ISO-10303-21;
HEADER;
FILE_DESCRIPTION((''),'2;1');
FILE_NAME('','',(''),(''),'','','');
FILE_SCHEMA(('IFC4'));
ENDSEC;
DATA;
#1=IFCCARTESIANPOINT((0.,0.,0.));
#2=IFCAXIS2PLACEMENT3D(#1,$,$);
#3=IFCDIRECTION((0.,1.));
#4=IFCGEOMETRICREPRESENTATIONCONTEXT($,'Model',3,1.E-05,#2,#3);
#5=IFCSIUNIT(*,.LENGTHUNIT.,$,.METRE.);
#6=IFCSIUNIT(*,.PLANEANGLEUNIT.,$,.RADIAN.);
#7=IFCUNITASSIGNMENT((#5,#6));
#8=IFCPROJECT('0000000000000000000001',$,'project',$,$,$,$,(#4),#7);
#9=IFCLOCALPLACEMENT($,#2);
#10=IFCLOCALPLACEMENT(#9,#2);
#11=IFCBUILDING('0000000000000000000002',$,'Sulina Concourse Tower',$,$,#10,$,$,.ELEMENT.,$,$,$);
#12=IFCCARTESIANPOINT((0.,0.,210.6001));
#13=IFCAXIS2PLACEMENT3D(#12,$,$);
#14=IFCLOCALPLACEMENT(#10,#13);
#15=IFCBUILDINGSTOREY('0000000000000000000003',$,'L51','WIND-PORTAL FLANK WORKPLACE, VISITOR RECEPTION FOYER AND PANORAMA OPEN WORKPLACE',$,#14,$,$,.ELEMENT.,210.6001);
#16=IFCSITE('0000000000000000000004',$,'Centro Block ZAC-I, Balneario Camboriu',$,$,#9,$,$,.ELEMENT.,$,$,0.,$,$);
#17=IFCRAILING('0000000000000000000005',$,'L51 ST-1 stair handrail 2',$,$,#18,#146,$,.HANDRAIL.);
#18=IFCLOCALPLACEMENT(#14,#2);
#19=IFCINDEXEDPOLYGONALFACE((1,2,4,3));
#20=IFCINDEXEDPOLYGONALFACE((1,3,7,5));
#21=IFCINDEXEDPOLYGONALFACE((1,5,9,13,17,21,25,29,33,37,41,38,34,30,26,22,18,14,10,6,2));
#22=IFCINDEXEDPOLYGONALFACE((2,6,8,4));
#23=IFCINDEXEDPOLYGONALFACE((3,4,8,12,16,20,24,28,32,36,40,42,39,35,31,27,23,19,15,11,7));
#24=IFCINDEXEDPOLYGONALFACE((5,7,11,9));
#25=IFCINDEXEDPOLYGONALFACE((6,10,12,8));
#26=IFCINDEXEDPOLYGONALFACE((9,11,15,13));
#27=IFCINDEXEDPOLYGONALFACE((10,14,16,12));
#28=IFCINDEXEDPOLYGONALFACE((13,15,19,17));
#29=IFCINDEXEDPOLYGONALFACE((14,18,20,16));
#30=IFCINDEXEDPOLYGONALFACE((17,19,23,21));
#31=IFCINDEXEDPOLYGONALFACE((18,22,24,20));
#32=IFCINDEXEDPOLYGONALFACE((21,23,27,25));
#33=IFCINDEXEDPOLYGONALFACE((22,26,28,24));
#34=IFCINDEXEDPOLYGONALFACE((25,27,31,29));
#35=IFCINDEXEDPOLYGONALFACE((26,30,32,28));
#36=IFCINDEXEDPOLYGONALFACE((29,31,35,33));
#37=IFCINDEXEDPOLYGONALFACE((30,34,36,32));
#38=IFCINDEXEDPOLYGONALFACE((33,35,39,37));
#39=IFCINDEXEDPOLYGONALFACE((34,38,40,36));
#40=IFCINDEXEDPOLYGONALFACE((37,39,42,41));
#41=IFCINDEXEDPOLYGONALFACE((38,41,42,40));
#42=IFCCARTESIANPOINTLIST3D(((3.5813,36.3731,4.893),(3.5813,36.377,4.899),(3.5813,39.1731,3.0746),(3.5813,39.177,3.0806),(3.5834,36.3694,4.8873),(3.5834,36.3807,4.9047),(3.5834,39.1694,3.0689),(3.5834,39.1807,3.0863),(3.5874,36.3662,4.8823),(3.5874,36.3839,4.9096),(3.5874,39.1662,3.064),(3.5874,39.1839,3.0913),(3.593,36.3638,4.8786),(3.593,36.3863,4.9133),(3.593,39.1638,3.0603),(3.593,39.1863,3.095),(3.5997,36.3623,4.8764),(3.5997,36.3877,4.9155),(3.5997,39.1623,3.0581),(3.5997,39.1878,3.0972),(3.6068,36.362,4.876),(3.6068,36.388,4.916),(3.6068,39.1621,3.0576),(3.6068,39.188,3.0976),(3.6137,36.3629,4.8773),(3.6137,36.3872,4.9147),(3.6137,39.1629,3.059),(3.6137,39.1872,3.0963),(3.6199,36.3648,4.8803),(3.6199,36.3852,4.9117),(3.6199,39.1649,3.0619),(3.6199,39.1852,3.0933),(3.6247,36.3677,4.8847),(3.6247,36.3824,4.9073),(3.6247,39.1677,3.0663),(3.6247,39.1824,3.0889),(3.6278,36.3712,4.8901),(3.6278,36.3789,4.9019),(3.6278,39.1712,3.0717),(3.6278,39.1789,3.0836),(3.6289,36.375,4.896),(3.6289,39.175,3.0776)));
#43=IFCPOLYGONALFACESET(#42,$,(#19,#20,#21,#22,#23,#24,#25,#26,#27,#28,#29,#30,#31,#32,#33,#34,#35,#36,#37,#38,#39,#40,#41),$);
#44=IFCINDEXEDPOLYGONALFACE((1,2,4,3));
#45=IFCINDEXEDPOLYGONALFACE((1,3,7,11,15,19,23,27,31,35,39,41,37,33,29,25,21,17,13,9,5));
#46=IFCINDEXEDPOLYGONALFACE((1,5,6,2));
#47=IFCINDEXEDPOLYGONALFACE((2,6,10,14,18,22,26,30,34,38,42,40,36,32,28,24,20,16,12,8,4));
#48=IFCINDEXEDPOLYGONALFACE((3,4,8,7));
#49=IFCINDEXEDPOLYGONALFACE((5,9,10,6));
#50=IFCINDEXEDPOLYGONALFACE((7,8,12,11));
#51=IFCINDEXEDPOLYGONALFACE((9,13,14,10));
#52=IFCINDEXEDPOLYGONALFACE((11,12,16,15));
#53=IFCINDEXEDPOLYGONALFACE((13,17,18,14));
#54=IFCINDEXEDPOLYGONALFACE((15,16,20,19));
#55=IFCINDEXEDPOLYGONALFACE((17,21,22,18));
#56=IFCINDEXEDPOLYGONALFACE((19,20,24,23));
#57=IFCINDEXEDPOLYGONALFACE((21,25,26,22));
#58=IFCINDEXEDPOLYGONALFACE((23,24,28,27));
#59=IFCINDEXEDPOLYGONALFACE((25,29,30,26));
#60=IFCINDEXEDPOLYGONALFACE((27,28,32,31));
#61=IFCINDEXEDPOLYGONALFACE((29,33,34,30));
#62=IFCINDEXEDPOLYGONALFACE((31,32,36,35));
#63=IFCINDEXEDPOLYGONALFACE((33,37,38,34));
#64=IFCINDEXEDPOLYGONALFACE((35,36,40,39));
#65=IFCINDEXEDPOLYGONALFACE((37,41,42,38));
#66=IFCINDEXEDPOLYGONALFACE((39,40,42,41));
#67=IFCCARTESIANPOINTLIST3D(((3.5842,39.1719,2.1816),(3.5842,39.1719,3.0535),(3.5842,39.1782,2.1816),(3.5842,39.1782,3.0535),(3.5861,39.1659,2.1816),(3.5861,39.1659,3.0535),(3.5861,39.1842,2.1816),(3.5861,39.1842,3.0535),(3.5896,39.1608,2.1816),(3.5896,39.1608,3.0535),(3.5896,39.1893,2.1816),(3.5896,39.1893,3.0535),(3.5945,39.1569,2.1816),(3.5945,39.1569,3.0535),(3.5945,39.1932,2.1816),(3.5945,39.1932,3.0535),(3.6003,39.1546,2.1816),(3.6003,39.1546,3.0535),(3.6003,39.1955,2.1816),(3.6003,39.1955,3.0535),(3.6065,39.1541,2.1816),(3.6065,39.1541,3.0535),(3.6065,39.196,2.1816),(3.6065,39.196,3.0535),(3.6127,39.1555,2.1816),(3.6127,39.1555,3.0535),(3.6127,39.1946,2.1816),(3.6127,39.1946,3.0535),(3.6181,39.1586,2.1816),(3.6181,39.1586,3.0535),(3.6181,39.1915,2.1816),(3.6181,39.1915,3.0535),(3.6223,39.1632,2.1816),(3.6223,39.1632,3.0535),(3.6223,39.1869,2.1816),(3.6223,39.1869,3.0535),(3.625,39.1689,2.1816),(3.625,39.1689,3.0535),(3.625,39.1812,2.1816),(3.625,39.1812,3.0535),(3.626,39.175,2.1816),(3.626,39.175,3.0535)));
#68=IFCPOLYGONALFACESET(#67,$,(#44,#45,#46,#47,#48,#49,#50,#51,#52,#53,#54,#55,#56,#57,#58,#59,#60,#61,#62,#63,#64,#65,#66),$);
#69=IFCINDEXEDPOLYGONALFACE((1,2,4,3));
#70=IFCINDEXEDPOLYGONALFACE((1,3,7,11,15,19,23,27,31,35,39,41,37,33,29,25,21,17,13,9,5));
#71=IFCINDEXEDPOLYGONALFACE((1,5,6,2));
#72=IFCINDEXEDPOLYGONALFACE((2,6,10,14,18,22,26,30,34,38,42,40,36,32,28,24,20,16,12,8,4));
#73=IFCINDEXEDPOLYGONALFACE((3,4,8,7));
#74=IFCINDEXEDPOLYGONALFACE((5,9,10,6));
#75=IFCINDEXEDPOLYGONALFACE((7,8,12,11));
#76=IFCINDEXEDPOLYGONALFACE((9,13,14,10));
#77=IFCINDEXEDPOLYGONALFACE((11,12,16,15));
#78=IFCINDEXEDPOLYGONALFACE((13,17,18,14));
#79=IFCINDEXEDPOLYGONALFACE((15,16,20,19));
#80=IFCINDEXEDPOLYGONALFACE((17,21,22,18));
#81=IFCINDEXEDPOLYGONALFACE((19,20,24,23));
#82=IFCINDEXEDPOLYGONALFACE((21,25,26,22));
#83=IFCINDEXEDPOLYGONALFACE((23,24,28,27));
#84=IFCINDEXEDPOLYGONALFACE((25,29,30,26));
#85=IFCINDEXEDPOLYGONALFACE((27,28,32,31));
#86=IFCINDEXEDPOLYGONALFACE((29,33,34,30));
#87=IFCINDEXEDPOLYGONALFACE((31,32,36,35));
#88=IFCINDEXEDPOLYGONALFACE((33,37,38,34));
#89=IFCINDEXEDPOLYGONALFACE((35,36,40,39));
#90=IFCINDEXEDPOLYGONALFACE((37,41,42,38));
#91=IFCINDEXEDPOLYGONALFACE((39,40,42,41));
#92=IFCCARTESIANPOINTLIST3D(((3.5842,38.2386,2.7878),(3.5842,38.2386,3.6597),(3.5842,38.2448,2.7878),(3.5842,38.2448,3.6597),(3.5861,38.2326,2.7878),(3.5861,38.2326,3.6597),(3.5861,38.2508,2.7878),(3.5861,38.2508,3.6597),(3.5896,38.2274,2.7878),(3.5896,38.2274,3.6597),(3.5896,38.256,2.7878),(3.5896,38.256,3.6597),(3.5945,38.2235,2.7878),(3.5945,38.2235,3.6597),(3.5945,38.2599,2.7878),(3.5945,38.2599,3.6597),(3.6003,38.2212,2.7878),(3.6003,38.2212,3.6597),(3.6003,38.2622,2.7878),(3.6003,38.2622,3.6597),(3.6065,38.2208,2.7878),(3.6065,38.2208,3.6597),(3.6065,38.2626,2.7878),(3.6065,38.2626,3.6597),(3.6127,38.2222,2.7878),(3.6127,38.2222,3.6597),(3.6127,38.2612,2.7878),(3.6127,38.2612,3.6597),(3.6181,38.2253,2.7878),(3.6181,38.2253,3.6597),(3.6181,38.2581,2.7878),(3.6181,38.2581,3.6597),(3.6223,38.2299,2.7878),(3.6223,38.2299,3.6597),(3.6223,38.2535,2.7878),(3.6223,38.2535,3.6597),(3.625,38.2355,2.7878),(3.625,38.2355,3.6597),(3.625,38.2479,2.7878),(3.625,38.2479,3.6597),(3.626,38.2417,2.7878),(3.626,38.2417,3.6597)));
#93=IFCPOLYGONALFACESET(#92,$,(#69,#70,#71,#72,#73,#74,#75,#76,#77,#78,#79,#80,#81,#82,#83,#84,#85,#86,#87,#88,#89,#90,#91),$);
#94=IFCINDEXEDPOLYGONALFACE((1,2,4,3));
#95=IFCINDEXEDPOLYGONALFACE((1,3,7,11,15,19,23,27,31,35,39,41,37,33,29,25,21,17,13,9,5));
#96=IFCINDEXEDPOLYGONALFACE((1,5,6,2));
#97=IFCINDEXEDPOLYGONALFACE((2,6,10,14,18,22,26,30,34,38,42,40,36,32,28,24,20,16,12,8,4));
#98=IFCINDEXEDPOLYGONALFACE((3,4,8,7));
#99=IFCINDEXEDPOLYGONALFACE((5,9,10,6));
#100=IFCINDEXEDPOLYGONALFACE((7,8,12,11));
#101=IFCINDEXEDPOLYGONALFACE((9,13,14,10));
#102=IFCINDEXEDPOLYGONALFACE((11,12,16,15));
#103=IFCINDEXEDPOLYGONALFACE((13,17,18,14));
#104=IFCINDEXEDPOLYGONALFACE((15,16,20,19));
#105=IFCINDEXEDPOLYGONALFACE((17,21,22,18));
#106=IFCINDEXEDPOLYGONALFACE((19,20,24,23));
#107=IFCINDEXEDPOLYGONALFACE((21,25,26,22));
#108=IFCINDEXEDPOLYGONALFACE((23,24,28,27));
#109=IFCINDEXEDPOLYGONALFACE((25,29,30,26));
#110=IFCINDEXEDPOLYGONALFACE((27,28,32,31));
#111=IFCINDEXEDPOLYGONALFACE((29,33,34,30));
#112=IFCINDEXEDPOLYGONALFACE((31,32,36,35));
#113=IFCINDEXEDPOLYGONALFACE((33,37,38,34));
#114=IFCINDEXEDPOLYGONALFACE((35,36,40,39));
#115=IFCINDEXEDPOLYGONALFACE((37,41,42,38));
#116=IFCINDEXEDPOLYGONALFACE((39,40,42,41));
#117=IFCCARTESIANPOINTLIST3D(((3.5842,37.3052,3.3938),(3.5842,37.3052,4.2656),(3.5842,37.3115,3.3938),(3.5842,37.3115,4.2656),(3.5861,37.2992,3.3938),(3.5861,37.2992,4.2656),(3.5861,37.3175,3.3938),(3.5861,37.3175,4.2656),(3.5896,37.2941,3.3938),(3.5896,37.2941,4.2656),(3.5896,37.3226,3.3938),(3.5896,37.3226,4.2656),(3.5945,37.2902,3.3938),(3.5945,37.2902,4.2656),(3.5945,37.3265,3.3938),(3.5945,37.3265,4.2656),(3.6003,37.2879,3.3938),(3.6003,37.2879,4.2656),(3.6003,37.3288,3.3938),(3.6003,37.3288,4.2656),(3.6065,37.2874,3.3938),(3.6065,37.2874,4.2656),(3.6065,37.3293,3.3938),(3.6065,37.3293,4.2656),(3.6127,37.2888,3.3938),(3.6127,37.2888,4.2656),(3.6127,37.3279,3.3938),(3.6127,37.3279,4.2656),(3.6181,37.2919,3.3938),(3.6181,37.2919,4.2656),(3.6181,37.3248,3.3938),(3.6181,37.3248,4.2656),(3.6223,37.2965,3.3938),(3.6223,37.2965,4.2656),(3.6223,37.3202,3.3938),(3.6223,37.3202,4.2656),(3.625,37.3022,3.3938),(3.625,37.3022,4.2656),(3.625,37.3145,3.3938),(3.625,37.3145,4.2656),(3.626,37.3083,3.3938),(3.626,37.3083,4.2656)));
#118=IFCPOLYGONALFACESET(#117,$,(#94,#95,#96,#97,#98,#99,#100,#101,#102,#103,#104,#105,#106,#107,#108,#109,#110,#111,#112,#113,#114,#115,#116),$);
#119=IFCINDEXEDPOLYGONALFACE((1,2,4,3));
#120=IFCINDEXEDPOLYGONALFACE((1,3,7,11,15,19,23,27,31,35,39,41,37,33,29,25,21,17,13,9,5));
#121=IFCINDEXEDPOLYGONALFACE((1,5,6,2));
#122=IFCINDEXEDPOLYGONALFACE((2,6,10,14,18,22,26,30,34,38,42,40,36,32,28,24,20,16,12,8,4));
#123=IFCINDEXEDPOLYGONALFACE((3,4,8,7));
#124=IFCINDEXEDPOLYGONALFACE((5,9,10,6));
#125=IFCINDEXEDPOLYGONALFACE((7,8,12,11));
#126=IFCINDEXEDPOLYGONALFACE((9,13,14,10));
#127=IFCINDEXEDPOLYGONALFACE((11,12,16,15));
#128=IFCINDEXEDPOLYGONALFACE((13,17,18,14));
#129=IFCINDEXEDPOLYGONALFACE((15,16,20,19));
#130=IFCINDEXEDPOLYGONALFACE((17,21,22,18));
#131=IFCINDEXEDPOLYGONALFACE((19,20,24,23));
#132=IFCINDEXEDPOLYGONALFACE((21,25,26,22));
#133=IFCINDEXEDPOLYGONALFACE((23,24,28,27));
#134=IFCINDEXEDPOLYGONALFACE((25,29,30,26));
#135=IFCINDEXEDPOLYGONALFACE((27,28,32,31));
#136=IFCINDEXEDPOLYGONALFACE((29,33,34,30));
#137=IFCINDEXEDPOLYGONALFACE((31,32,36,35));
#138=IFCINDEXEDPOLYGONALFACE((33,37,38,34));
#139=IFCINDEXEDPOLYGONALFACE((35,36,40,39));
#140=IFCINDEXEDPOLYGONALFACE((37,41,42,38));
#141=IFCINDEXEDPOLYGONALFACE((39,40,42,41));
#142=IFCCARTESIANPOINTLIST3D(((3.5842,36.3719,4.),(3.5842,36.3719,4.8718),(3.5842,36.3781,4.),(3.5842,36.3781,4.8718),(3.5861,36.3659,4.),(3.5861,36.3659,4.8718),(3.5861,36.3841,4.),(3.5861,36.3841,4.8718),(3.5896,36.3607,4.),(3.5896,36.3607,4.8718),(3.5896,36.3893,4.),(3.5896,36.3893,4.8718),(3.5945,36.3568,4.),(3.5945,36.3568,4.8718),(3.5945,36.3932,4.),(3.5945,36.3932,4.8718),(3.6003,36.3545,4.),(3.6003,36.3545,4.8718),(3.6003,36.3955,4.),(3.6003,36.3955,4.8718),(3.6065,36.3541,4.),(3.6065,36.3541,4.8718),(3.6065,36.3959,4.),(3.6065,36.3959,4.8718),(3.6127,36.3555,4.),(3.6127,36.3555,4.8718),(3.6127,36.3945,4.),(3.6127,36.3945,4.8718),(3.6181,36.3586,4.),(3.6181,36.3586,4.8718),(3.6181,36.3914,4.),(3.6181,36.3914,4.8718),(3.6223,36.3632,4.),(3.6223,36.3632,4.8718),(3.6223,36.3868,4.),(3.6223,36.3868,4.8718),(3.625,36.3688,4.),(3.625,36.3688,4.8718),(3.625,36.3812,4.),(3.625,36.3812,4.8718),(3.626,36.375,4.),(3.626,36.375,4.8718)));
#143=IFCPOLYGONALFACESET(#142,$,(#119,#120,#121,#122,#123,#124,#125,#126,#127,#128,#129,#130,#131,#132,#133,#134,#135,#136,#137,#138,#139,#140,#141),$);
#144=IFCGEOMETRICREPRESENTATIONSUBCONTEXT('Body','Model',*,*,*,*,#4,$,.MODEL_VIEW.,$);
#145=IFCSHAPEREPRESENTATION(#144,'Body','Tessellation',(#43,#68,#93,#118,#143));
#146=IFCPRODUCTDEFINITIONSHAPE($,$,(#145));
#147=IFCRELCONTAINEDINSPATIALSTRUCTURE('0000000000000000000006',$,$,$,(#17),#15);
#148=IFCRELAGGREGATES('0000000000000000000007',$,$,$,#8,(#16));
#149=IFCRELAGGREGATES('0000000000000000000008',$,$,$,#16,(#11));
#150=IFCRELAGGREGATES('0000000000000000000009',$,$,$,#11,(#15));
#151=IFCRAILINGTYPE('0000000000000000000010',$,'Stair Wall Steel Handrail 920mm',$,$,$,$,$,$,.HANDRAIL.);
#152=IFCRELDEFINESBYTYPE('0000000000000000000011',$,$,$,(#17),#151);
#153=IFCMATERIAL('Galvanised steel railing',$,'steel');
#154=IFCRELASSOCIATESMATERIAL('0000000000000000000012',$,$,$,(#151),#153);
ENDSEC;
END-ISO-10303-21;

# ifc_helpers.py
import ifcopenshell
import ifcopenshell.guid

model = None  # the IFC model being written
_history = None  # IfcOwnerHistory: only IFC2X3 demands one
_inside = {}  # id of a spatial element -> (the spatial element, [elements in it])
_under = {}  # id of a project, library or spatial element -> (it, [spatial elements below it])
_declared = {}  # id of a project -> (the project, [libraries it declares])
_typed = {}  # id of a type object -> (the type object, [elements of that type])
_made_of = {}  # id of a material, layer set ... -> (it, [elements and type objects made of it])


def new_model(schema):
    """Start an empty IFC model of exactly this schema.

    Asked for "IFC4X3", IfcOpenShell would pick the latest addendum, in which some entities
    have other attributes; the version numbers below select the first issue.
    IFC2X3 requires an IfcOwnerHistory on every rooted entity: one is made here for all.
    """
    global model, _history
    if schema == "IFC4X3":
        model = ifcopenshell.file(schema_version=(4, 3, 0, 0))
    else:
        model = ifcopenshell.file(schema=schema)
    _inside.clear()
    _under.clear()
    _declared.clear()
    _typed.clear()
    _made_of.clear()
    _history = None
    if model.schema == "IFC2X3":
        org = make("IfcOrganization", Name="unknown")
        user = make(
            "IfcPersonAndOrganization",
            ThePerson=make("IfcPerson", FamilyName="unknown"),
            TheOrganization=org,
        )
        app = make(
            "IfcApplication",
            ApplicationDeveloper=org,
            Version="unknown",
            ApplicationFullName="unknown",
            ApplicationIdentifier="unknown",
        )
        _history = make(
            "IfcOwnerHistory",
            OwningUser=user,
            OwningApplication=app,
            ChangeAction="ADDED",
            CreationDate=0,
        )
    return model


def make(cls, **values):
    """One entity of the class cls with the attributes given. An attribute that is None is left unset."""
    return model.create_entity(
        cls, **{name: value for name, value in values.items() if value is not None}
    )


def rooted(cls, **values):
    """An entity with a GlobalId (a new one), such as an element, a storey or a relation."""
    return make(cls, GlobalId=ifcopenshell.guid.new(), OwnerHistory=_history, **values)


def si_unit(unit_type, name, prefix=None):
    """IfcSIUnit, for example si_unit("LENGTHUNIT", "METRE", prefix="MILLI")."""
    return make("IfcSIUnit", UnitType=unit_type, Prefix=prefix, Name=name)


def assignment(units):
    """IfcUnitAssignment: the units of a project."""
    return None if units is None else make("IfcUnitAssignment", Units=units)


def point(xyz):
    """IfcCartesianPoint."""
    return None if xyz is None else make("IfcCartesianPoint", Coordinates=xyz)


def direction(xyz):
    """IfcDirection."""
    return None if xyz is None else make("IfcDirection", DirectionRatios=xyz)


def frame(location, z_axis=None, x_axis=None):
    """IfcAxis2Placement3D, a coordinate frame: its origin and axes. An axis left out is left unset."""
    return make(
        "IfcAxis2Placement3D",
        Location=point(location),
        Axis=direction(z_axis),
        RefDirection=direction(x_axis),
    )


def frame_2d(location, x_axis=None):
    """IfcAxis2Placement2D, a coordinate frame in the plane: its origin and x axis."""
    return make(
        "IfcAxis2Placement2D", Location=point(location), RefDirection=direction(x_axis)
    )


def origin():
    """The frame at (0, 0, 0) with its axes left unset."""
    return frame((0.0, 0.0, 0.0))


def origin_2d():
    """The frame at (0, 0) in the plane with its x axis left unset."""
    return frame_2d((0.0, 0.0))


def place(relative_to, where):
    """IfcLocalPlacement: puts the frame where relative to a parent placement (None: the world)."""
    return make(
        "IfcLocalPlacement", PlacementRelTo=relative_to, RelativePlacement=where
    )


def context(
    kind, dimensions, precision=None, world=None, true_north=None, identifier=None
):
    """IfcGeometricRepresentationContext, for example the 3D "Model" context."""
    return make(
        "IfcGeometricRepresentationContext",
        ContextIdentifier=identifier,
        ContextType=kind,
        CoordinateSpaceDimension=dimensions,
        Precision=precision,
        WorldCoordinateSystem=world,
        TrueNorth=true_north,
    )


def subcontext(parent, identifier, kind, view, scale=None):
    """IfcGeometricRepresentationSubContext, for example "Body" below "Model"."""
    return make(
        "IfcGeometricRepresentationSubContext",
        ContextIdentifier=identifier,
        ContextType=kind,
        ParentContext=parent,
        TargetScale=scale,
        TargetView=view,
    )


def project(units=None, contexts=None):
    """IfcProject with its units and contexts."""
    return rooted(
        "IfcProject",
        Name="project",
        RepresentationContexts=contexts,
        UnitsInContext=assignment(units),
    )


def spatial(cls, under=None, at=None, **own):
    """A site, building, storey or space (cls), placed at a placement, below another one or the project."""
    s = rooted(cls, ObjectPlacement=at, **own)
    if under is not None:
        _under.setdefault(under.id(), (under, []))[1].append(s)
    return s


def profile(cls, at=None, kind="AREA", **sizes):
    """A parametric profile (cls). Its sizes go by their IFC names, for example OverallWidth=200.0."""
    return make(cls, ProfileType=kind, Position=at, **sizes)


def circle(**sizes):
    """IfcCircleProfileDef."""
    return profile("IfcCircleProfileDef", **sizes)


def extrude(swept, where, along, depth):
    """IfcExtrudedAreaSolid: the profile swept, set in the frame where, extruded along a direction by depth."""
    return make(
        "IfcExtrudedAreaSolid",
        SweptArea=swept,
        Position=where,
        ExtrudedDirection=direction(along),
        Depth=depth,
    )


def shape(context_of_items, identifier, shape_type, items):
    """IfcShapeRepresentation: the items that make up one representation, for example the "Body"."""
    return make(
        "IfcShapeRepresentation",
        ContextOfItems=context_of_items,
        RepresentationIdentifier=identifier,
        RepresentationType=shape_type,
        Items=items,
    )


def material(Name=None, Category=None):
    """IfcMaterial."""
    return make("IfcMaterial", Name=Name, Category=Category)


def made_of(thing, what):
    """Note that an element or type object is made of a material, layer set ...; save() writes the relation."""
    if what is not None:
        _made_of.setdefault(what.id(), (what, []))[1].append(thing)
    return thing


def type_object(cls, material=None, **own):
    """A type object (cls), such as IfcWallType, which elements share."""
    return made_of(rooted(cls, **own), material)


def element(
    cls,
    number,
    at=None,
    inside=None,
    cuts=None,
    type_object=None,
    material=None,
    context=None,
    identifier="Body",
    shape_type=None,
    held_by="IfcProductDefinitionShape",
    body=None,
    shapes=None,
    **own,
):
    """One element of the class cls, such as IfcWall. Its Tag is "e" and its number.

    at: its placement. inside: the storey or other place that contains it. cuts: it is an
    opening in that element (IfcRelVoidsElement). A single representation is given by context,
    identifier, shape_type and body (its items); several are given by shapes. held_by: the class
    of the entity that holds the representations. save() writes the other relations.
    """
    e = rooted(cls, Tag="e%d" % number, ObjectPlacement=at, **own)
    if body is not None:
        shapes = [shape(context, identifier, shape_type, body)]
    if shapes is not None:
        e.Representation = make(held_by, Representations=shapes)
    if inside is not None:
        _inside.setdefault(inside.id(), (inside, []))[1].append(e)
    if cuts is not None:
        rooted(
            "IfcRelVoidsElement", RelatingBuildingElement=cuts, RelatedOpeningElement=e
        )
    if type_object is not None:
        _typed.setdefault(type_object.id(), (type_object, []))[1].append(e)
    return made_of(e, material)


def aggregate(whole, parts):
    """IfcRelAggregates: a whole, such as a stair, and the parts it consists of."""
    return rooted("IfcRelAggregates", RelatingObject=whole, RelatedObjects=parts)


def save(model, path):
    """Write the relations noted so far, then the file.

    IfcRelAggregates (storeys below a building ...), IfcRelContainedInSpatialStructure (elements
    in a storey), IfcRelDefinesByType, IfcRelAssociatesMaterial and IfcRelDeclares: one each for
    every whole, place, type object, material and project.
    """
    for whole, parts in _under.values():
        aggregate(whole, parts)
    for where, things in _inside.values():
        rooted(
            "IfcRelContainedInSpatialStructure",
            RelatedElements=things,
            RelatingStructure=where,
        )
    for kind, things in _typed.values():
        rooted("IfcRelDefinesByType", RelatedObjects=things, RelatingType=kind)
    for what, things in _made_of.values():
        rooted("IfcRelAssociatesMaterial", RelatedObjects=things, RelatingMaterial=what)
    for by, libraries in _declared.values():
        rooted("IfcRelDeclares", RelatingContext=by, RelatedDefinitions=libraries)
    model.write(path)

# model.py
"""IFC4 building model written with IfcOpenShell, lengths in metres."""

from ifc_helpers import new_model, si_unit, direction, frame, origin, origin_2d, place, context, subcontext, project, spatial, circle, extrude, material, type_object, element, save


model = new_model("IFC4")

# Units and contexts
model_context = context("Model", 3, precision=1e-05, world=origin(), true_north=direction((0.0, 1.0)))
body_context = subcontext(model_context, "Body", "Model", "MODEL_VIEW")
ifc_project = project(units=[si_unit("LENGTHUNIT", "METRE"), si_unit("PLANEANGLEUNIT", "RADIAN")], contexts=[model_context])

# Site, building, storey
site_placement = place(None, origin())
site = spatial("IfcSite", under=ifc_project, at=site_placement, Name="Centro Block ZAC-I, Balneario Camboriu", CompositionType="ELEMENT", RefElevation=0.0)
building_placement = place(site_placement, origin())
building = spatial("IfcBuilding", under=site, at=building_placement, Name="Sulina Concourse Tower", CompositionType="ELEMENT")
storey_placement = place(building_placement, frame((0.0, 0.0, 210.6001)))
storey = spatial("IfcBuildingStorey", under=building, at=storey_placement, Name="L51", Description="WIND-PORTAL FLANK WORKPLACE, VISITOR RECEPTION FOYER AND PANORAMA OPEN WORKPLACE", CompositionType="ELEMENT", Elevation=210.6001)

# Railing
ifc_material_1 = material(Name="Galvanised steel railing", Category="steel")
railing_type_1 = type_object("IfcRailingType", Name="Stair Wall Steel Handrail 920mm", PredefinedType="HANDRAIL", material=ifc_material_1)
railing_1_placement = place(storey_placement, frame((3.605, 39.175, 2.1816)))
element("IfcRailing", 1, at=railing_1_placement, inside=storey, type_object=railing_type_1, Name="L51 ST-1 stair handrail 2", PredefinedType="HANDRAIL", context=body_context, shape_type="SweptSolid", body=[
    extrude(circle(Radius=0.0239, at=origin_2d()), frame((0.0, 0.0, 0.896), z_axis=(0.0, -0.838672, 0.544636), x_axis=(1.0, 0.0, 0.0)), (0.0, 0.0, 1.0), 3.3386),
    extrude(circle(Radius=0.021, at=origin_2d()), origin(), (0.0, 0.0, 1.0), 0.8718),
    extrude(circle(Radius=0.021, at=origin_2d()), frame((0.0, -0.9333, 0.6062)), (0.0, 0.0, 1.0), 0.8718),
    extrude(circle(Radius=0.021, at=origin_2d()), frame((0.0, -1.8667, 1.2122)), (0.0, 0.0, 1.0), 0.8718),
    extrude(circle(Radius=0.021, at=origin_2d()), frame((0.0, -2.8, 1.8184)), (0.0, 0.0, 1.0), 0.8718),
])

save(model, "model.ifc")
